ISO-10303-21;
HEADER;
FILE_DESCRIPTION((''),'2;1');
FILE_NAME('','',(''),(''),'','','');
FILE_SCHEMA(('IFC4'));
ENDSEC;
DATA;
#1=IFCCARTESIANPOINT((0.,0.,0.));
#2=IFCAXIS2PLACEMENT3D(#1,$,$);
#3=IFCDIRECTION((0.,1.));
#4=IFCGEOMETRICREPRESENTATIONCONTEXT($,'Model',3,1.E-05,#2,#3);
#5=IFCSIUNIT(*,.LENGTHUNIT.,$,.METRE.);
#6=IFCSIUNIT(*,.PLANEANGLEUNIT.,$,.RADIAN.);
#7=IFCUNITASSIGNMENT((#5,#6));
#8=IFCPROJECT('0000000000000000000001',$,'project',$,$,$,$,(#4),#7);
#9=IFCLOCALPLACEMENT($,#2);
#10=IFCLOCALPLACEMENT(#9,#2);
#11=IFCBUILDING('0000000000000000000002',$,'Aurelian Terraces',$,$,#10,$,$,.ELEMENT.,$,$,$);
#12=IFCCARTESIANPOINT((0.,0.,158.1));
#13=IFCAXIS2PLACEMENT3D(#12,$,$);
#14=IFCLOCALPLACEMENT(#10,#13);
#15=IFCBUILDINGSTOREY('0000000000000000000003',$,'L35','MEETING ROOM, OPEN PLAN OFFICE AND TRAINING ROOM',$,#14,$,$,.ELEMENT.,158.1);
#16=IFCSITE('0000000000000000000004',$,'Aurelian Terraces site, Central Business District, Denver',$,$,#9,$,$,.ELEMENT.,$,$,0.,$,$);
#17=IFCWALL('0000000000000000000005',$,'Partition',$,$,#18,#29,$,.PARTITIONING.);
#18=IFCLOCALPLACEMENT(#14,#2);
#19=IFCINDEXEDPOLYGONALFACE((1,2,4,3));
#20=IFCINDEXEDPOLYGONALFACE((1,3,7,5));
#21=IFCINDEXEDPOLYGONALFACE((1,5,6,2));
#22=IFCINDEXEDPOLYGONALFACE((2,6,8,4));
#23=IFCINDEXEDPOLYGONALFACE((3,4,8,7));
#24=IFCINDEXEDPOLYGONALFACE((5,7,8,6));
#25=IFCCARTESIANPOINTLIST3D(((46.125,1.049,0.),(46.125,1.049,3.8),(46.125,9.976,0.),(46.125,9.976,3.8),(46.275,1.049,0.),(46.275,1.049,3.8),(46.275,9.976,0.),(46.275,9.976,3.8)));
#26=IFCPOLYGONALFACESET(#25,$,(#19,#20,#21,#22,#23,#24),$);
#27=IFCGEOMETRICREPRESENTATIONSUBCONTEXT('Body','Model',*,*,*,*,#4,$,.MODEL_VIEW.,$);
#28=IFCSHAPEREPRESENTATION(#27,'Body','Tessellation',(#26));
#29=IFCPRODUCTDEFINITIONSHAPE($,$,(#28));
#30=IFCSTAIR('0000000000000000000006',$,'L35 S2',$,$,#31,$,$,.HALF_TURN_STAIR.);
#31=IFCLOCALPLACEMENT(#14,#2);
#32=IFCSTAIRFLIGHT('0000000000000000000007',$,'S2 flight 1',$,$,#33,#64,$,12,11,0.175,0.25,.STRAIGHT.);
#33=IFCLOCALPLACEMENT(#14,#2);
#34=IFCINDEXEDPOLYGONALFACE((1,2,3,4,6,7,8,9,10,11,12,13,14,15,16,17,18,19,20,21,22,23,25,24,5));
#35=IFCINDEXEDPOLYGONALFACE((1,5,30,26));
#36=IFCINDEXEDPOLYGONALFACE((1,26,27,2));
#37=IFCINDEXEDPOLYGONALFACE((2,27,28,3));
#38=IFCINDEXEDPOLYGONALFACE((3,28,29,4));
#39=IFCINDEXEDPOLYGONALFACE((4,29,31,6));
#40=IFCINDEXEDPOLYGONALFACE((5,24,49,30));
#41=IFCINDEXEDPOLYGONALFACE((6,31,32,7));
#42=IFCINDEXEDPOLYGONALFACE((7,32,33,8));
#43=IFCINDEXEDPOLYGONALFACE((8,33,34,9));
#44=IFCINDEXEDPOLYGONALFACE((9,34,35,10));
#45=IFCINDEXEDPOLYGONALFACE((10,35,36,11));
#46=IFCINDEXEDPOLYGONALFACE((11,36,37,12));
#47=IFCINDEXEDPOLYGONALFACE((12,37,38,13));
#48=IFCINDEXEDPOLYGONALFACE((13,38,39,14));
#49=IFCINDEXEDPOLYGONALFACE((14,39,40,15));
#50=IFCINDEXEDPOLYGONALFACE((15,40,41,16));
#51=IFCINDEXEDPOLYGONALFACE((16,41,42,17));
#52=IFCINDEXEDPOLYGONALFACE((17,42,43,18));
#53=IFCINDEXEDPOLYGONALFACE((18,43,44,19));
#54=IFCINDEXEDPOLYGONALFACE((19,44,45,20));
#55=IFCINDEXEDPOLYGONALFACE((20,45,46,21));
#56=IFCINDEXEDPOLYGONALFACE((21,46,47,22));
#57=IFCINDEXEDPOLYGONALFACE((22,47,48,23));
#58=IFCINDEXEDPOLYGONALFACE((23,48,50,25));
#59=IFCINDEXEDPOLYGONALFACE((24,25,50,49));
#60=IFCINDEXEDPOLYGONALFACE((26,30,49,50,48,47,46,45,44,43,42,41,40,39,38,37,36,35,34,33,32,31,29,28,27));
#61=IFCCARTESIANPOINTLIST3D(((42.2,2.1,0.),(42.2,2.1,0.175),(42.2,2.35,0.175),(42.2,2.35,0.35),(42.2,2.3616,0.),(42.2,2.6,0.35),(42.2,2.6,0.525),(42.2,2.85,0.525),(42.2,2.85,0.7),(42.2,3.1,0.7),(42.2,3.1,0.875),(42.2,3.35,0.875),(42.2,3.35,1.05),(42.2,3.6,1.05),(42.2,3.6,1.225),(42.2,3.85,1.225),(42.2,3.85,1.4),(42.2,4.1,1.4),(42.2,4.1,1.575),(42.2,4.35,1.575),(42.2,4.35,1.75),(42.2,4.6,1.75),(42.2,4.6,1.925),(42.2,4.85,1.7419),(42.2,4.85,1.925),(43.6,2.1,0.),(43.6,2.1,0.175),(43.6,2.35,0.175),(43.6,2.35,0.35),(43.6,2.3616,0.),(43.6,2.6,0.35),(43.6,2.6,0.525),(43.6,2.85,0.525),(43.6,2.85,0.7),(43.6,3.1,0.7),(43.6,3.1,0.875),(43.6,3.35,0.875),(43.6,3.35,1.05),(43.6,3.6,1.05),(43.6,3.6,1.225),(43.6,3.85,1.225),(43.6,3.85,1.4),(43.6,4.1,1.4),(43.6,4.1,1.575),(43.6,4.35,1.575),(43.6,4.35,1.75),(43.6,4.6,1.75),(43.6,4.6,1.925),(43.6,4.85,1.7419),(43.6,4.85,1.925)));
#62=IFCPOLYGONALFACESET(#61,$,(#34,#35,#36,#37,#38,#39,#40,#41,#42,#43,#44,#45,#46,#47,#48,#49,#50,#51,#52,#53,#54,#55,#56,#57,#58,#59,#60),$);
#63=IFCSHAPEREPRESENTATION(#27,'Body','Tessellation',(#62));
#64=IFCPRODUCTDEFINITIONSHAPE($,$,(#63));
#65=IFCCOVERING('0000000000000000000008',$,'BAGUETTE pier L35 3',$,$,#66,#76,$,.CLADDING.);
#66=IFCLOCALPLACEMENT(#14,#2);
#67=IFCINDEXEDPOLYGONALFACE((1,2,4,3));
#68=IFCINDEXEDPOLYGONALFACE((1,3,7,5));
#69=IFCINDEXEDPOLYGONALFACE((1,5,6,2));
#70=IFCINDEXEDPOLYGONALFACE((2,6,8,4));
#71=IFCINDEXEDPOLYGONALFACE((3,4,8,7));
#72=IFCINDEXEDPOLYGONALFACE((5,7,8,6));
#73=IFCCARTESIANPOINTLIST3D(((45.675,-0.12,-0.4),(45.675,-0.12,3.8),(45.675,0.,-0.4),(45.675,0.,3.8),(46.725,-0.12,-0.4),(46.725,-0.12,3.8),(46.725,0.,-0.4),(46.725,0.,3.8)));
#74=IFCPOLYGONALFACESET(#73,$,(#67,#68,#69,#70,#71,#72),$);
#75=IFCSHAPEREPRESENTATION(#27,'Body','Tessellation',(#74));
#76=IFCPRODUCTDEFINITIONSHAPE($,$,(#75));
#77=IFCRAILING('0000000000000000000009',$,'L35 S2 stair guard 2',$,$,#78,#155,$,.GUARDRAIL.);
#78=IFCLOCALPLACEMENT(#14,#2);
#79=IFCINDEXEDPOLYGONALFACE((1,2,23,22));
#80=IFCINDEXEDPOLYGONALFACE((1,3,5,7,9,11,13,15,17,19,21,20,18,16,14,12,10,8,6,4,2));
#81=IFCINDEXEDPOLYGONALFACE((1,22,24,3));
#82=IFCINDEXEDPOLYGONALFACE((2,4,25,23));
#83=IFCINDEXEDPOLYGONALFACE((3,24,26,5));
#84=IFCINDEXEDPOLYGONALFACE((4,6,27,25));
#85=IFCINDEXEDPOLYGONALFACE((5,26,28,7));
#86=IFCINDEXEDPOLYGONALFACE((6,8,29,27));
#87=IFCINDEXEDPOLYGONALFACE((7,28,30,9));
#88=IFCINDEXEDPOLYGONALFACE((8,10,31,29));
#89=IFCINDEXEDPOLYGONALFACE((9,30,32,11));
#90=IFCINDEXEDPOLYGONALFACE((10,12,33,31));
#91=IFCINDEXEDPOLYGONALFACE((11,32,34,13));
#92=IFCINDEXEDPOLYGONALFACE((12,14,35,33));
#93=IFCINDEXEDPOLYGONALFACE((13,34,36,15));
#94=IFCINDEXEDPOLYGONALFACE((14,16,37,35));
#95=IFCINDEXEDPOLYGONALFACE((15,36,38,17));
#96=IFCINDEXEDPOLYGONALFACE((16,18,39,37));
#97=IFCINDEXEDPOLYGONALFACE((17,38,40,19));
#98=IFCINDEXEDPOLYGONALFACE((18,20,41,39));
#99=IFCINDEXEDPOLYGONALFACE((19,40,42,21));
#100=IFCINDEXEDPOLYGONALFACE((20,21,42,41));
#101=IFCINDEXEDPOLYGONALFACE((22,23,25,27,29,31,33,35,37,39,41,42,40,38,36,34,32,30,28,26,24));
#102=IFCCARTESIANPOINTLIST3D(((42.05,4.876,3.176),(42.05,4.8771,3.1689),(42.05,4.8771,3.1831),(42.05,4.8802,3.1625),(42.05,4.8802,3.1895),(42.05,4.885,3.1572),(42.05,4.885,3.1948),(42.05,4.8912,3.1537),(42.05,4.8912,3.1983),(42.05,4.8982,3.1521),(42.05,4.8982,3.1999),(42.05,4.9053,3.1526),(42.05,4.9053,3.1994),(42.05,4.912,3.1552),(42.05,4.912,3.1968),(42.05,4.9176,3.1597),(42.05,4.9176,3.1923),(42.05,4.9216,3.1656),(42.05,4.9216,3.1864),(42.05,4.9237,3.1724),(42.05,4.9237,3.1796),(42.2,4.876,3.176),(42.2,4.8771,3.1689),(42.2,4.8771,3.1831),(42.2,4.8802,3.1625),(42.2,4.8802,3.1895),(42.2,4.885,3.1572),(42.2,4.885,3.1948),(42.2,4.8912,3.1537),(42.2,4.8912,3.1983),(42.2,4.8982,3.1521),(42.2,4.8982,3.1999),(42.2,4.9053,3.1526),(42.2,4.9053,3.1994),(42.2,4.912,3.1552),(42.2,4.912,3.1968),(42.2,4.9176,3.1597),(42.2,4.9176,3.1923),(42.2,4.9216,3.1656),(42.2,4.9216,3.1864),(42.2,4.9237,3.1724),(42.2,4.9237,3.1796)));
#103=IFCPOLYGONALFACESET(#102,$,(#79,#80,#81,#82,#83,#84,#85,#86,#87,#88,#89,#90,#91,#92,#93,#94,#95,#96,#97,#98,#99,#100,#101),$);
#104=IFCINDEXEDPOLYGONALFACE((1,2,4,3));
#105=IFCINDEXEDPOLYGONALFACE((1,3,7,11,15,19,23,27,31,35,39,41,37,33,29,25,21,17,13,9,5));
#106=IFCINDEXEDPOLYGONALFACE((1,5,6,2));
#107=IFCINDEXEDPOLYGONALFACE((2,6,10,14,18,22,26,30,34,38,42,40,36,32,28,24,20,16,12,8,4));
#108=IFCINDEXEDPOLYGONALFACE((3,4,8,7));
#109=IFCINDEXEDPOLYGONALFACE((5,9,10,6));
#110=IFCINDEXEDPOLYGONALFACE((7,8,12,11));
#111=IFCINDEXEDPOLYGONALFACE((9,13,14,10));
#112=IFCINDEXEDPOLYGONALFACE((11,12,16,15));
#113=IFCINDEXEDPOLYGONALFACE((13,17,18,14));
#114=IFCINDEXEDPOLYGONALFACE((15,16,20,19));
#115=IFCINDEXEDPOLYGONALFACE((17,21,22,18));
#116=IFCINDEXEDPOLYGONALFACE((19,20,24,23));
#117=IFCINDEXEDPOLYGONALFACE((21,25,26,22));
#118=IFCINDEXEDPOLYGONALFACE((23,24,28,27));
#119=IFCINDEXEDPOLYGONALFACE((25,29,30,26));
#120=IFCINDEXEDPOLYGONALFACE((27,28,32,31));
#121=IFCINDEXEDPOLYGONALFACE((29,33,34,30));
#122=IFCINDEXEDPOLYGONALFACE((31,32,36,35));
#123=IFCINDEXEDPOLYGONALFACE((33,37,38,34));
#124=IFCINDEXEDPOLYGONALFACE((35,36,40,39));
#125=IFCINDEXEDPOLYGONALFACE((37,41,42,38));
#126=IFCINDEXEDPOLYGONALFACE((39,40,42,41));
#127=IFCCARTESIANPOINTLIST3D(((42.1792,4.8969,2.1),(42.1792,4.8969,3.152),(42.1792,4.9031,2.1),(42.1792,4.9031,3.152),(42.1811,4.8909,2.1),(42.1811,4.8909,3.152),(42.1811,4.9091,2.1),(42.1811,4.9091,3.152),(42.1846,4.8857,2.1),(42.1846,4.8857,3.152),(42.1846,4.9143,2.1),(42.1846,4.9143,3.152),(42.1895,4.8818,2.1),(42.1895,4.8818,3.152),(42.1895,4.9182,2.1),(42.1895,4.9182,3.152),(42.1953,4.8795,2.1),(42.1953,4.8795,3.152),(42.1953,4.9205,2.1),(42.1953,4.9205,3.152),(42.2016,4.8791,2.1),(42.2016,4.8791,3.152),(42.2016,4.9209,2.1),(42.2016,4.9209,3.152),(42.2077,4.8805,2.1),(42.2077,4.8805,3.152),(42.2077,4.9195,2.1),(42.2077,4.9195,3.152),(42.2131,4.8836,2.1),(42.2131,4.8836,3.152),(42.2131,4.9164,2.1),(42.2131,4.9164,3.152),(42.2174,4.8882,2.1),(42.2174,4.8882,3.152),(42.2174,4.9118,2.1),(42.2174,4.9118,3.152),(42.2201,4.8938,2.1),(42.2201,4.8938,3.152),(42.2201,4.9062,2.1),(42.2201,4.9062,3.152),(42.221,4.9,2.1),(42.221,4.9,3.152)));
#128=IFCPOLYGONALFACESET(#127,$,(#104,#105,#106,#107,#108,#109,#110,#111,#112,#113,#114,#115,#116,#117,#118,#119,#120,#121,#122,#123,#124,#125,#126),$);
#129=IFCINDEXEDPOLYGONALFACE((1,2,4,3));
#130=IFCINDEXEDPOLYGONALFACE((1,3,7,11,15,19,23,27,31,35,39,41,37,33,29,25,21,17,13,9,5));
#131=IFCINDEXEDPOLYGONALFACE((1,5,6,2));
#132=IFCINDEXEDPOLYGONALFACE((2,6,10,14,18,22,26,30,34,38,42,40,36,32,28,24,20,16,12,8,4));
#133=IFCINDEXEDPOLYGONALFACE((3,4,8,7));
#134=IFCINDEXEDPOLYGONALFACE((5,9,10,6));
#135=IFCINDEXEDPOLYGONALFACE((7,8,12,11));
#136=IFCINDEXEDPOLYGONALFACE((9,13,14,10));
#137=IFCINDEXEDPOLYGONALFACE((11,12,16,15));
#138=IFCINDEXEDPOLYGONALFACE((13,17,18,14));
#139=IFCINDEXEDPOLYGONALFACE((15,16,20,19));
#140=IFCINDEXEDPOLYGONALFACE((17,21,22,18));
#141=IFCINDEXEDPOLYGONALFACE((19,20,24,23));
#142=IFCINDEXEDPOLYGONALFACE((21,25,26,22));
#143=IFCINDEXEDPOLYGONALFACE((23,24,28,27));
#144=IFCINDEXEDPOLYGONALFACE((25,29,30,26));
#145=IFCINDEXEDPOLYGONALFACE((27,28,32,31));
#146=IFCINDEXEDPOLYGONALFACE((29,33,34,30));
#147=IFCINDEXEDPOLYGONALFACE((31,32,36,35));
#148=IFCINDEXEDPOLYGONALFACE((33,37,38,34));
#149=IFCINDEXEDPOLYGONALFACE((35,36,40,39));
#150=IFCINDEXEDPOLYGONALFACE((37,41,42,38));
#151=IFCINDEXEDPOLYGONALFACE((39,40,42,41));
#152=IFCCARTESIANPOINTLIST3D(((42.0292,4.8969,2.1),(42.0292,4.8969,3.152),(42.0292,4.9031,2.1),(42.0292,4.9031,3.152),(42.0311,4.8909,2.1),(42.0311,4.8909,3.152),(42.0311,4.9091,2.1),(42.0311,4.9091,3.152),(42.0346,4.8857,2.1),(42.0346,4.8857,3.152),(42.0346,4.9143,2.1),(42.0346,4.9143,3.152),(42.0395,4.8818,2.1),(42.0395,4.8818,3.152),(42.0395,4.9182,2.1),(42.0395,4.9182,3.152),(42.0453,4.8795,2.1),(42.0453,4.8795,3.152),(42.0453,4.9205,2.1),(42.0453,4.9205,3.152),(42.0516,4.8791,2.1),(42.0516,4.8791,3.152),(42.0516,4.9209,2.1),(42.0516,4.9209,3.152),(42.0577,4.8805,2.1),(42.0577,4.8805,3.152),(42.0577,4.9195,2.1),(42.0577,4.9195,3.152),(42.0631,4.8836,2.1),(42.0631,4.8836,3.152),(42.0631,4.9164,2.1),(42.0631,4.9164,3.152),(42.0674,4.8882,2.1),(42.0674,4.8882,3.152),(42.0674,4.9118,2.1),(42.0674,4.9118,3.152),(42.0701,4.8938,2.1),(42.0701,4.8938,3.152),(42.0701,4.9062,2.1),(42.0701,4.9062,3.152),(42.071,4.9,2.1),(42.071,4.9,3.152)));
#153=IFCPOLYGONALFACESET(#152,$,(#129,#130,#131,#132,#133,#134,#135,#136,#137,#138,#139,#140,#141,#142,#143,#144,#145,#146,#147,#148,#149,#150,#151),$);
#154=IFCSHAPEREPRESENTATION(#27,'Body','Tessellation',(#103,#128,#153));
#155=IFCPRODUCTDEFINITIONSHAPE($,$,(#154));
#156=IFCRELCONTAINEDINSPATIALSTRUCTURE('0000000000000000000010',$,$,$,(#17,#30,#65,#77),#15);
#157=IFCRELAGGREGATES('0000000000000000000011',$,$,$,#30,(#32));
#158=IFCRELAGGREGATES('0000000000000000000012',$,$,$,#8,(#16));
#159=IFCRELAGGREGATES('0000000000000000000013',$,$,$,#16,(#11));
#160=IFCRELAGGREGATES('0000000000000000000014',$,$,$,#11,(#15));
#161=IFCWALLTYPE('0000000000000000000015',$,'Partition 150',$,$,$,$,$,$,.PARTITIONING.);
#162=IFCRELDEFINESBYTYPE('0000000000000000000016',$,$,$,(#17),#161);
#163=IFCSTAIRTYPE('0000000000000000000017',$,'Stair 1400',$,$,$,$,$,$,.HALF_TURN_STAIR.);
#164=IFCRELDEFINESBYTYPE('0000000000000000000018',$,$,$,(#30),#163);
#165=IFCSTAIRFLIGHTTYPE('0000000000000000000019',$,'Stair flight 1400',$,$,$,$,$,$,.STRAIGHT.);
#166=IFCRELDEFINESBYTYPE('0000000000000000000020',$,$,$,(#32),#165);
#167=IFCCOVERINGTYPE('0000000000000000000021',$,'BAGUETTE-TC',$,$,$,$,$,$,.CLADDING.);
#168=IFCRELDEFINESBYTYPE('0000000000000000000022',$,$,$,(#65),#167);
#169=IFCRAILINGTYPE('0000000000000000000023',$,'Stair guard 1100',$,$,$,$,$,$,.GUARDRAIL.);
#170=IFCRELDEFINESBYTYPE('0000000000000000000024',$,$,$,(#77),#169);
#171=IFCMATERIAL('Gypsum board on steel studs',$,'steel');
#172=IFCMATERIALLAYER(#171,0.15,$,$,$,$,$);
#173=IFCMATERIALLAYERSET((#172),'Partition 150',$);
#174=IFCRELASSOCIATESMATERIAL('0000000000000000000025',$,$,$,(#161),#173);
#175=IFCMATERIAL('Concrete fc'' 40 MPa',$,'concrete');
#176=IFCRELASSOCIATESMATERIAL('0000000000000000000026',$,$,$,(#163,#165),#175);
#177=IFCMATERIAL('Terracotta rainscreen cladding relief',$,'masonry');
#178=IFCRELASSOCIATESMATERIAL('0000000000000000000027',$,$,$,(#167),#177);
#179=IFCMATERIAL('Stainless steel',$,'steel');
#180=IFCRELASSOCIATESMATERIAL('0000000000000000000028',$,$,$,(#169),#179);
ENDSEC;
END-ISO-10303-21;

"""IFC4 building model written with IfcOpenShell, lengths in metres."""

from ifc_helpers import new_model, si_unit, direction, frame, frame_2d, origin, origin_2d, place, context, subcontext, project, spatial, polyline, rectangle, circle, outline, extrude, source, transform, mapped, material, layer, layer_set, type_object, element, aggregate, save


model = new_model("IFC4")

# Units and contexts
model_context = context("Model", 3, precision=1e-05, world=origin(), true_north=direction((0.0, 1.0)))
body_context = subcontext(model_context, "Body", "Model", "MODEL_VIEW")
ifc_project = project(units=[si_unit("LENGTHUNIT", "METRE"), si_unit("PLANEANGLEUNIT", "RADIAN")], contexts=[model_context])

# Site, building, storey
site_placement = place(None, origin())
site = spatial("IfcSite", under=ifc_project, at=site_placement, Name="Aurelian Terraces site, Central Business District, Denver", CompositionType="ELEMENT", RefElevation=0.0)
building_placement = place(site_placement, origin())
building = spatial("IfcBuilding", under=site, at=building_placement, Name="Aurelian Terraces", CompositionType="ELEMENT")
storey_placement = place(building_placement, frame((0.0, 0.0, 158.1)))
storey = spatial("IfcBuildingStorey", under=building, at=storey_placement, Name="L35", Description="MEETING ROOM, OPEN PLAN OFFICE AND TRAINING ROOM", CompositionType="ELEMENT", Elevation=158.1)

# Shared definitions
ifc_material_1 = material(Name="Concrete fc' 40 MPa", Category="concrete")
ifc_material_2 = material(Name="Gypsum board on steel studs", Category="steel")

# Shared definitions
ifc_layer_1 = layer(ifc_material_2, 0.15)
ifc_layer_set_1 = layer_set([ifc_layer_1], Name="Partition 150")
wall_type_1 = type_object("IfcWallType", Name="Partition 150", PredefinedType="PARTITIONING", material=ifc_layer_set_1)

# Wall
shared_shape_1 = source(origin(), body_context, "Body", "SweptSolid", [
    extrude(rectangle(XDim=8.927, YDim=0.15, at=frame_2d((4.4635, 0.0))), origin(), (0.0, 0.0, 1.0), 3.8),
])
wall_1_placement = place(storey_placement, frame((46.2, 1.049, 0.0), z_axis=(0.0, 0.0, 1.0), x_axis=(0.0, 1.0, 0.0)))
element("IfcWall", 1, at=wall_1_placement, inside=storey, type_object=wall_type_1, Name="Partition", PredefinedType="PARTITIONING", context=body_context, shape_type="MappedRepresentation", body=[
    mapped(shared_shape_1, transform((0.0, 0.0, 0.0), scale=1.0)),
])

# Stair, stair flight
stair_type = type_object("IfcStairType", Name="Stair 1400", PredefinedType="HALF_TURN_STAIR", material=ifc_material_1)
stair_placement = place(storey_placement, origin())
stair = element("IfcStair", 2, at=stair_placement, inside=storey, type_object=stair_type, Name="L35 S2", PredefinedType="HALF_TURN_STAIR")
stair_flight_type = type_object("IfcStairFlightType", Name="Stair flight 1400", PredefinedType="STRAIGHT", material=ifc_material_1)
shared_shape_2 = source(origin(), body_context, "Body", "SweptSolid", [
    extrude(outline(polyline([(0.0, 0.0), (0.0, 0.175), (0.25, 0.175), (0.25, 0.35), (0.5, 0.35), (0.5, 0.525), (0.75, 0.525), (0.75, 0.7), (1.0, 0.7), (1.0, 0.875), (1.25, 0.875), (1.25, 1.05), (1.5, 1.05), (1.5, 1.225), (1.75, 1.225), (1.75, 1.4), (2.0, 1.4), (2.0, 1.575), (2.25, 1.575), (2.25, 1.75), (2.5, 1.75), (2.5, 1.925), (2.75, 1.925), (2.75, 2.1), (2.75, 1.7419), (0.2616, 0.0), (0.0, 0.0)])), frame((0.0, 0.7, 0.0), z_axis=(0.0, -1.0, 0.0), x_axis=(1.0, 0.0, 0.0)), (0.0, 0.0, 1.0), 1.4),
])
stair_flight_placement = place(storey_placement, frame((42.9, 2.1, 0.0), z_axis=(0.0, 0.0, 1.0), x_axis=(0.0, 1.0, 0.0)))
stair_flight = element("IfcStairFlight", 3, at=stair_flight_placement, type_object=stair_flight_type, Name="S2 flight 1", NumberOfRisers=12, NumberOfTreads=11, PredefinedType="STRAIGHT", RiserHeight=0.175, TreadLength=0.25, context=body_context, shape_type="MappedRepresentation", body=[
    mapped(shared_shape_2, transform((0.0, 0.0, 0.0), scale=1.0)),
])
aggregate(stair, [stair_flight])

# Covering
ifc_material_3 = material(Name="Terracotta rainscreen cladding relief", Category="masonry")
covering_type = type_object("IfcCoveringType", Name="BAGUETTE-TC", PredefinedType="CLADDING", material=ifc_material_3)
shared_shape_3 = source(origin(), body_context, "Body", "SweptSolid", [
    extrude(rectangle(XDim=1.05, YDim=0.12, at=origin_2d()), origin(), (0.0, 0.0, 1.0), 4.2),
])
covering_placement = place(storey_placement, frame((46.2, -0.06, -0.4), z_axis=(0.0, 0.0, 1.0), x_axis=(1.0, 0.0, 0.0)))
element("IfcCovering", 4, at=covering_placement, inside=storey, type_object=covering_type, Name="BAGUETTE pier L35 3", PredefinedType="CLADDING", context=body_context, shape_type="MappedRepresentation", body=[
    mapped(shared_shape_3, transform((0.0, 0.0, 0.0), scale=1.0)),
])

# Railing
ifc_material_4 = material(Name="Stainless steel", Category="steel")
railing_type_1 = type_object("IfcRailingType", Name="Stair guard 1100", PredefinedType="GUARDRAIL", material=ifc_material_4)
shared_shape_4 = source(origin(), body_context, "Body", "SweptSolid", [
    extrude(circle(Radius=0.024, at=origin_2d()), frame((0.0, 0.0, 1.076), z_axis=(-1.0, 0.0, 0.0), x_axis=(0.0, -1.0, 0.0)), (0.0, 0.0, 1.0), 0.15),
    extrude(circle(Radius=0.021, at=origin_2d()), origin(), (0.0, 0.0, 1.0), 1.052),
    extrude(circle(Radius=0.021, at=origin_2d()), frame((-0.15, 0.0, 0.0)), (0.0, 0.0, 1.0), 1.052),
])
for number, where, name in (
    (5, (42.2, 4.9, 2.1), "L35 S2 stair guard 2"),
):
    element("IfcRailing", number, at=place(storey_placement, frame(where)), inside=storey, type_object=railing_type_1, Name=name, PredefinedType="GUARDRAIL", context=body_context, shape_type="MappedRepresentation", body=[
        mapped(shared_shape_4, transform((0.0, 0.0, 0.0), scale=1.0)),
    ])

save(model, "model.ifc")
